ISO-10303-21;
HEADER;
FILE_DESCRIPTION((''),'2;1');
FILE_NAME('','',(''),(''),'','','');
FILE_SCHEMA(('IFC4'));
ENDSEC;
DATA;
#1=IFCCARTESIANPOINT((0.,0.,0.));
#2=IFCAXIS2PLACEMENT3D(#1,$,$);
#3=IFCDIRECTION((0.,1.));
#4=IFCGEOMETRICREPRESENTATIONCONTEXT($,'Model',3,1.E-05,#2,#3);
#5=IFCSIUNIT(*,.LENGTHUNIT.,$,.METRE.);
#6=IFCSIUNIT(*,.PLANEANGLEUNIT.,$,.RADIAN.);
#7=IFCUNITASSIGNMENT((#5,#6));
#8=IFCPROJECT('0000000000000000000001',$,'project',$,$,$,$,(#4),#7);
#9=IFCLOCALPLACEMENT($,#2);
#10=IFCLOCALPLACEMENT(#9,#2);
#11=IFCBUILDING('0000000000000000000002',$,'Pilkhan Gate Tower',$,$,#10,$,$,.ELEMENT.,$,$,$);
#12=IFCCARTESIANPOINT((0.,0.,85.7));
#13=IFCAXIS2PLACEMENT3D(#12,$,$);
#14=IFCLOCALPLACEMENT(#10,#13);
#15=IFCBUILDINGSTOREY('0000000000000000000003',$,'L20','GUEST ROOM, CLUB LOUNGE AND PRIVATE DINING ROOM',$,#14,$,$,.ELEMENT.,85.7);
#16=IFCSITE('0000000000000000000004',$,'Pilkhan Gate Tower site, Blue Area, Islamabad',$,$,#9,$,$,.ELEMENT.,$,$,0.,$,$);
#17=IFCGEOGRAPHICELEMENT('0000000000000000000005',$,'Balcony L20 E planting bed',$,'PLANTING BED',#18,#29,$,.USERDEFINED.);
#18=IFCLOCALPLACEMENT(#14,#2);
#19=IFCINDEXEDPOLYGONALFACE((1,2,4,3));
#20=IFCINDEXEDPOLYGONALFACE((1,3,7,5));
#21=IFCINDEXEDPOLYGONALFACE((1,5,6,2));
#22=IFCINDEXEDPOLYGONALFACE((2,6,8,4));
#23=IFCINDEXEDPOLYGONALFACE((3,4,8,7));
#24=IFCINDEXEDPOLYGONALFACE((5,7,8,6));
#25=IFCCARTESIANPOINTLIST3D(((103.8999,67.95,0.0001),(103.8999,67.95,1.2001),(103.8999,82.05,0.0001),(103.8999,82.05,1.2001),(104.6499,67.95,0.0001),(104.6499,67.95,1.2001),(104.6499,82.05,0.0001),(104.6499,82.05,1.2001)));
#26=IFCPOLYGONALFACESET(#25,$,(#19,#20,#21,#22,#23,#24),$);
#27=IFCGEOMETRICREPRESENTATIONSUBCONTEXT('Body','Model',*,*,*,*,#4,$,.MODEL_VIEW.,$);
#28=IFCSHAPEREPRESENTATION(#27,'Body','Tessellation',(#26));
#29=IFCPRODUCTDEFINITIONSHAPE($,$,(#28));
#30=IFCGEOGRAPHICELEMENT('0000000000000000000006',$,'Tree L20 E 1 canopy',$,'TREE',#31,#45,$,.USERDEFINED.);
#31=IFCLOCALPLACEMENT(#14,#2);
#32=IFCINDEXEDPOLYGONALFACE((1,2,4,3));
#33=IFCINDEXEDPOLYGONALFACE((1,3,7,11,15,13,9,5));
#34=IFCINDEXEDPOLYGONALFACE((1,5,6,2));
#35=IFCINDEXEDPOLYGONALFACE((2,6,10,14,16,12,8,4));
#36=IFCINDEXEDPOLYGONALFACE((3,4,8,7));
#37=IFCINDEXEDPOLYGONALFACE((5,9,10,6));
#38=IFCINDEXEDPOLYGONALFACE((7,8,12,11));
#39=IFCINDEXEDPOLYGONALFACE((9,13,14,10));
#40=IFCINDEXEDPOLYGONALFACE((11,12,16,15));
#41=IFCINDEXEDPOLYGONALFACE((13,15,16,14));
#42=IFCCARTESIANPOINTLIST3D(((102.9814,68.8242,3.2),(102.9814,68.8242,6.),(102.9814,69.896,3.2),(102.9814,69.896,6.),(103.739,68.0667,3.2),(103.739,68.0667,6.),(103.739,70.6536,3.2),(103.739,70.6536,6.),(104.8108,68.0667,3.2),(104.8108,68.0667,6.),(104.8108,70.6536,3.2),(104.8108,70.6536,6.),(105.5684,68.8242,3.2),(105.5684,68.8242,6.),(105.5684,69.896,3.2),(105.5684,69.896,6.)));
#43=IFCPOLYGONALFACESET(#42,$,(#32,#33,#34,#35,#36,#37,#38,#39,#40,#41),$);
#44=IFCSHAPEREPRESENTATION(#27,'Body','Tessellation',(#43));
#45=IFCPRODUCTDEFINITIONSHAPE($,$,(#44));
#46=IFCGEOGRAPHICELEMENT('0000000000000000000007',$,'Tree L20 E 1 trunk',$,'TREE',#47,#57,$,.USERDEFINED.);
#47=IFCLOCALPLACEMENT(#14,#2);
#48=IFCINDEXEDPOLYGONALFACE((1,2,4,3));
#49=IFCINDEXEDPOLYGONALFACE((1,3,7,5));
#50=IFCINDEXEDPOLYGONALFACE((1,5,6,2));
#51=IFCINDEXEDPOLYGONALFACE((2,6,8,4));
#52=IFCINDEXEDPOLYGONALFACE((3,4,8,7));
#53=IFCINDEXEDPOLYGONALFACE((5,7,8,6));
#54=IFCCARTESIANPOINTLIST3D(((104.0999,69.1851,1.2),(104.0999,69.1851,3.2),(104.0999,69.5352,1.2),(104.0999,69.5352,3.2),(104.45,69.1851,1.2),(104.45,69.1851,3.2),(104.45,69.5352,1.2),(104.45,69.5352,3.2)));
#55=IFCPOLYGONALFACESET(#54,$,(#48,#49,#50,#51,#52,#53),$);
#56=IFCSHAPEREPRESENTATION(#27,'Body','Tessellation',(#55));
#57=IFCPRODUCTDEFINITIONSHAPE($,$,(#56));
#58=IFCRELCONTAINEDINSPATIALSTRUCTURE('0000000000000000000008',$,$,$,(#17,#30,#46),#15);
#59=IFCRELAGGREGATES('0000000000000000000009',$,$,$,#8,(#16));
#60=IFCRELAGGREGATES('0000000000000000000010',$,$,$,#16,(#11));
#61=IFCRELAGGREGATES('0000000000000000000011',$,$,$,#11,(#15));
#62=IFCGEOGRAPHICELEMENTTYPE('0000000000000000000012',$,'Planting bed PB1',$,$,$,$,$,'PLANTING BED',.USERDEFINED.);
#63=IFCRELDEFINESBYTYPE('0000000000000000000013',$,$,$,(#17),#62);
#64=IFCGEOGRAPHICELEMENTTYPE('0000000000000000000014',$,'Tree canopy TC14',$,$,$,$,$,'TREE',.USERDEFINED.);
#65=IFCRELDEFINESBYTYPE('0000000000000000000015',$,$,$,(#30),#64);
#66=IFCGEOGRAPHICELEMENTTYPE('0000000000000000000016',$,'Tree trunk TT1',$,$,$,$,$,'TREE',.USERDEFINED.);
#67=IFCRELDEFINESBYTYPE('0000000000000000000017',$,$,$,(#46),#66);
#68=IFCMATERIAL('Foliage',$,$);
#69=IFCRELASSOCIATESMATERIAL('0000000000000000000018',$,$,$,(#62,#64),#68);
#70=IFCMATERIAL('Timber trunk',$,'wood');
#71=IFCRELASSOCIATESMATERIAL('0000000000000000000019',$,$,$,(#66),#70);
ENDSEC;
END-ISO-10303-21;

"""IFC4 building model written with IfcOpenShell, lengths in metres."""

from ifc_helpers import new_model, si_unit, direction, frame, origin, origin_2d, place, context, subcontext, project, spatial, polyline, rectangle, outline, extrude, material, material_profile, profile_set, type_object, element, save


model = new_model("IFC4")

# Units and contexts
model_context = context("Model", 3, precision=1e-05, world=origin(), true_north=direction((0.0, 1.0)))
body_context = subcontext(model_context, "Body", "Model", "MODEL_VIEW")
ifc_project = project(units=[si_unit("LENGTHUNIT", "METRE"), si_unit("PLANEANGLEUNIT", "RADIAN")], contexts=[model_context])

# Site, building, storey
site_placement = place(None, origin())
site = spatial("IfcSite", under=ifc_project, at=site_placement, Name="Pilkhan Gate Tower site, Blue Area, Islamabad", CompositionType="ELEMENT", RefElevation=0.0)
building_placement = place(site_placement, origin())
building = spatial("IfcBuilding", under=site, at=building_placement, Name="Pilkhan Gate Tower", CompositionType="ELEMENT")
storey_placement = place(building_placement, frame((0.0, 0.0, 85.7)))
storey = spatial("IfcBuildingStorey", under=building, at=storey_placement, Name="L20", Description="GUEST ROOM, CLUB LOUNGE AND PRIVATE DINING ROOM", CompositionType="ELEMENT", Elevation=85.7)

# Geographic elements
ifc_material_1 = material(Name="Foliage")
ifc_material_profile_1 = material_profile(ifc_material_1, rectangle(XDim=0.75, YDim=1.2, at=origin_2d()), Name="Bed 750x1200")
ifc_profile_set_1 = profile_set([ifc_material_profile_1], Name="Foliage")
geographic_element_type_1 = type_object("IfcGeographicElementType", Name="Planting bed PB1", ElementType="PLANTING BED", PredefinedType="USERDEFINED", material=ifc_profile_set_1)
geographic_element_1_placement = place(storey_placement, frame((104.2749, 67.95, 0.6001), z_axis=(0.0, 1.0, 0.0), x_axis=(-1.0, 0.0, 0.0)))
element("IfcGeographicElement", 1, at=geographic_element_1_placement, inside=storey, type_object=geographic_element_type_1, Name="Balcony L20 E planting bed", ObjectType="PLANTING BED", PredefinedType="USERDEFINED", context=body_context, shape_type="SweptSolid", body=[
    extrude(rectangle(XDim=0.75, YDim=1.2, at=origin_2d()), origin(), (0.0, 0.0, 1.0), 14.1001),
])
ifc_material_profile_2 = material_profile(ifc_material_1, outline(polyline([(1.2935, 0.5359), (0.5359, 1.2935), (-0.5359, 1.2935), (-1.2935, 0.5359), (-1.2935, -0.5359), (-0.5359, -1.2935), (0.5359, -1.2935), (1.2935, -0.5359), (1.2935, 0.5359)])), Name="Canopy D2.8")
ifc_profile_set_2 = profile_set([ifc_material_profile_2], Name="Foliage")
geographic_element_type_2 = type_object("IfcGeographicElementType", Name="Tree canopy TC14", ElementType="TREE", PredefinedType="USERDEFINED", material=ifc_profile_set_2)
geographic_element_2_placement = place(storey_placement, frame((104.2749, 69.3601, 3.2), z_axis=(0.0, 0.0, 1.0), x_axis=(1.0, 0.0, 0.0)))
element("IfcGeographicElement", 2, at=geographic_element_2_placement, inside=storey, type_object=geographic_element_type_2, Name="Tree L20 E 1 canopy", ObjectType="TREE", PredefinedType="USERDEFINED", context=body_context, shape_type="SweptSolid", body=[
    extrude(outline(polyline([(1.2935, 0.5359), (0.5359, 1.2935), (-0.5359, 1.2935), (-1.2935, 0.5359), (-1.2935, -0.5359), (-0.5359, -1.2935), (0.5359, -1.2935), (1.2935, -0.5359), (1.2935, 0.5359)])), origin(), (0.0, 0.0, 1.0), 2.8),
])
ifc_material_2 = material(Name="Timber trunk", Category="wood")
geographic_element_type_3 = type_object("IfcGeographicElementType", Name="Tree trunk TT1", ElementType="TREE", PredefinedType="USERDEFINED", material=ifc_material_2)
geographic_element_3_placement = place(storey_placement, frame((104.2749, 69.3601, 1.2), z_axis=(0.0, 0.0, 1.0), x_axis=(1.0, 0.0, 0.0)))
element("IfcGeographicElement", 3, at=geographic_element_3_placement, inside=storey, type_object=geographic_element_type_3, Name="Tree L20 E 1 trunk", ObjectType="TREE", PredefinedType="USERDEFINED", context=body_context, shape_type="SweptSolid", body=[
    extrude(rectangle(XDim=0.3501, YDim=0.3501, at=origin_2d()), origin(), (0.0, 0.0, 1.0), 2.0),
])

save(model, "model.ifc")
